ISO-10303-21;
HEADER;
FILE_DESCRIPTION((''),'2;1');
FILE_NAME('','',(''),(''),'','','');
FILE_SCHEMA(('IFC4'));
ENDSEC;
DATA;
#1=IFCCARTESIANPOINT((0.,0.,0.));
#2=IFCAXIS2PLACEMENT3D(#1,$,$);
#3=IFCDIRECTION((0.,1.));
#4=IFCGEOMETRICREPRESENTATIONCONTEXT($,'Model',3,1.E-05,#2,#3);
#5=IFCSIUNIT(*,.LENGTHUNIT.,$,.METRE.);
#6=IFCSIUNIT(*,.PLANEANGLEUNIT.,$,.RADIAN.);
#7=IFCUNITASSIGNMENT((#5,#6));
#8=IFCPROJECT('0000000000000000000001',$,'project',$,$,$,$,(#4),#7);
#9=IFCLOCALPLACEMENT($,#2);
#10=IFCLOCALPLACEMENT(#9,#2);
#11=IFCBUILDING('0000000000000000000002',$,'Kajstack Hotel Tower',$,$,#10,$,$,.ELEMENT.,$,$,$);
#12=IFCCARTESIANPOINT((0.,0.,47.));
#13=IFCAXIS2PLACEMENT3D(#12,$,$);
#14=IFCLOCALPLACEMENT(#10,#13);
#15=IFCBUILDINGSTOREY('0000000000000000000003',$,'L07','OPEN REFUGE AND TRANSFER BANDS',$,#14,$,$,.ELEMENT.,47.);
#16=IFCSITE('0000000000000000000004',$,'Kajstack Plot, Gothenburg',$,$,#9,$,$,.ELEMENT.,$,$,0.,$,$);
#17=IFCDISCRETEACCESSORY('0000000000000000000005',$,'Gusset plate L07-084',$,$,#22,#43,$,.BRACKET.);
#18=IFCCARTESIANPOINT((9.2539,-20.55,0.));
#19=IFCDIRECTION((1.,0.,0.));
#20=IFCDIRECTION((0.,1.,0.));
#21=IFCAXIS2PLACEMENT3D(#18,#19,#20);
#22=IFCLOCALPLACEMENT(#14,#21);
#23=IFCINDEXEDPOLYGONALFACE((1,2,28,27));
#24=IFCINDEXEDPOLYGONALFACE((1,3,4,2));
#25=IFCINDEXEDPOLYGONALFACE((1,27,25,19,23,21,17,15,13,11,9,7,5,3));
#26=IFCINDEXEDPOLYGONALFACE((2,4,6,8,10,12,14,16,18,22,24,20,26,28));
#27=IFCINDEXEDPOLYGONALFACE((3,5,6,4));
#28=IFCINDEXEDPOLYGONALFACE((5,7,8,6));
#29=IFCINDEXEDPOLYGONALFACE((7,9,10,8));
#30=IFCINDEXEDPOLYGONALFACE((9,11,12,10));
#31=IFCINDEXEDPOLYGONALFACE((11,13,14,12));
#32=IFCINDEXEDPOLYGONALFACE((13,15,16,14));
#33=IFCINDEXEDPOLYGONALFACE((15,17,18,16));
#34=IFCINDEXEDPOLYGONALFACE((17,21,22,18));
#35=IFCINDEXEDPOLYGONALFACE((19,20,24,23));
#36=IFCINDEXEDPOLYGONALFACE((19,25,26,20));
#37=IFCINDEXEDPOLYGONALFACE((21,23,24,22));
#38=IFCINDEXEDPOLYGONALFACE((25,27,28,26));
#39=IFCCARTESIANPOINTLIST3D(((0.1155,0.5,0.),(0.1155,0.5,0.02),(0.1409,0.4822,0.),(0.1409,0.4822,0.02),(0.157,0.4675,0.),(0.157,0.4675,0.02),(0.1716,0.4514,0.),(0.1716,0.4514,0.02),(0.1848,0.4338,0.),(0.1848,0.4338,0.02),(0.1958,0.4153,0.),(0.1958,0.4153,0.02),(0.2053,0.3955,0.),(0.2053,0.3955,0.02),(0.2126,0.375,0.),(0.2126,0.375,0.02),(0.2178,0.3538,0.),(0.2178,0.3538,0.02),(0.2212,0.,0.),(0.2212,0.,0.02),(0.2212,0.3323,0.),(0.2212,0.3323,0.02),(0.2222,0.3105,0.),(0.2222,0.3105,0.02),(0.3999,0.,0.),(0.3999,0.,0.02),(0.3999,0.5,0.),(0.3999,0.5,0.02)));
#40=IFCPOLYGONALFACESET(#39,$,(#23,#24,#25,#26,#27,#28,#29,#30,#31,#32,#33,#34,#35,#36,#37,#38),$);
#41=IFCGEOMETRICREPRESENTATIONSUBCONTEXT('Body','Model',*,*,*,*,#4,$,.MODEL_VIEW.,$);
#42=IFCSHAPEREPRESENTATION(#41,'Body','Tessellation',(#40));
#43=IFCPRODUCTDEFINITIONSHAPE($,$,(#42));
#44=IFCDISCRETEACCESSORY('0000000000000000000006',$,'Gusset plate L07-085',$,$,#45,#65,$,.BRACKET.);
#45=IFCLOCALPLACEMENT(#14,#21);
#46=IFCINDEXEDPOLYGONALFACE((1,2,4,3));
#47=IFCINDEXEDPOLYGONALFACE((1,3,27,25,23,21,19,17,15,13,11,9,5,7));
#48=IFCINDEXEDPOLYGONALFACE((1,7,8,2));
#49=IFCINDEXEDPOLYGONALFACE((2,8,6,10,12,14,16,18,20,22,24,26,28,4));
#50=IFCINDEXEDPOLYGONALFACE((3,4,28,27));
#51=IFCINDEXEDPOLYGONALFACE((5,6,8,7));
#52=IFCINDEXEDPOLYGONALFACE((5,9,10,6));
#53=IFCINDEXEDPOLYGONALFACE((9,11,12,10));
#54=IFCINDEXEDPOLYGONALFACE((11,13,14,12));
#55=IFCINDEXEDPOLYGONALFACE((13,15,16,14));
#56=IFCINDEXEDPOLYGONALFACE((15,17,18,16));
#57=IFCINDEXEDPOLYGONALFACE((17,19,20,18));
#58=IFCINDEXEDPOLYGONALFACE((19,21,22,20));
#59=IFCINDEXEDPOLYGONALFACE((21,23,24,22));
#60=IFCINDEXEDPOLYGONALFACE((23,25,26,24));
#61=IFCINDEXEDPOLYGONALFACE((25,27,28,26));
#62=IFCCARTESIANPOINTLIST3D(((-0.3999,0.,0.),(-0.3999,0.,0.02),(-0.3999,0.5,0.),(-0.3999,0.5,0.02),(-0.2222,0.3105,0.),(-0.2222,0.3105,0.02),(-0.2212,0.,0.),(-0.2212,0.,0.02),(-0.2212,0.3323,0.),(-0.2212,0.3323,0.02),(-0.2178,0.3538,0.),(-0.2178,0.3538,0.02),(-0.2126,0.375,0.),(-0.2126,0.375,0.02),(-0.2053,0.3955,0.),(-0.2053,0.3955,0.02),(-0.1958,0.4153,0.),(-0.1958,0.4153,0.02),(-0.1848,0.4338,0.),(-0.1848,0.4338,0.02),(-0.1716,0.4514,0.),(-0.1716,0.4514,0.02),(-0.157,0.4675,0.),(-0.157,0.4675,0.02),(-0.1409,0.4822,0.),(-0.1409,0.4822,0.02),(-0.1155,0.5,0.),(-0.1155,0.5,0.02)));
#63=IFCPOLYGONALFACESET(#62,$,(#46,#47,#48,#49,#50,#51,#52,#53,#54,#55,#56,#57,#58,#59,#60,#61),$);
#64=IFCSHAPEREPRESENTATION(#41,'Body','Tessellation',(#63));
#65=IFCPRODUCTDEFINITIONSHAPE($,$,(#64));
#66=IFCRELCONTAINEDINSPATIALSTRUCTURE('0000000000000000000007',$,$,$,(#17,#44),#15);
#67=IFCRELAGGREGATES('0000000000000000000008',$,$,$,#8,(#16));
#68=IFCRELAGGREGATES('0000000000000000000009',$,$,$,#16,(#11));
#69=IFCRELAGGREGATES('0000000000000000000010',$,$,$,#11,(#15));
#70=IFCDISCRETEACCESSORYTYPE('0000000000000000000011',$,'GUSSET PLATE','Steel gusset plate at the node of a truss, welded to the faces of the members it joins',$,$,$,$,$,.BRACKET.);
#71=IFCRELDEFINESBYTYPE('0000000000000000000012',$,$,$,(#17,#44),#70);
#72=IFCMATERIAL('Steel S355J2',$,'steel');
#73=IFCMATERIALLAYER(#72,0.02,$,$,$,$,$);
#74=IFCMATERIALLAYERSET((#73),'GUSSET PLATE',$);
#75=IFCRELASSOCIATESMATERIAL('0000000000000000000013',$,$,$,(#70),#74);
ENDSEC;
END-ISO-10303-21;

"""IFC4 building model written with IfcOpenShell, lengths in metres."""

from ifc_helpers import new_model, si_unit, direction, frame, origin, place, context, subcontext, project, spatial, polyline, outline, extrude, material, layer, layer_set, type_object, element, save


model = new_model("IFC4")

# Units and contexts
model_context = context("Model", 3, precision=1e-05, world=origin(), true_north=direction((0.0, 1.0)))
body_context = subcontext(model_context, "Body", "Model", "MODEL_VIEW")
ifc_project = project(units=[si_unit("LENGTHUNIT", "METRE"), si_unit("PLANEANGLEUNIT", "RADIAN")], contexts=[model_context])

# Site, building, storey
site_placement = place(None, origin())
site = spatial("IfcSite", under=ifc_project, at=site_placement, Name="Kajstack Plot, Gothenburg", CompositionType="ELEMENT", RefElevation=0.0)
building_placement = place(site_placement, origin())
building = spatial("IfcBuilding", under=site, at=building_placement, Name="Kajstack Hotel Tower", CompositionType="ELEMENT")
storey_placement = place(building_placement, frame((0.0, 0.0, 47.0)))
storey = spatial("IfcBuildingStorey", under=building, at=storey_placement, Name="L07", Description="OPEN REFUGE AND TRANSFER BANDS", CompositionType="ELEMENT", Elevation=47.0)

# Shared definitions
ifc_material_1 = material(Name="Steel S355J2", Category="steel")

# Discrete accessories
ifc_layer_1 = layer(ifc_material_1, 0.02)
ifc_layer_set_1 = layer_set([ifc_layer_1], Name="GUSSET PLATE")
discrete_accessory_type = type_object("IfcDiscreteAccessoryType", Name="GUSSET PLATE", Description="Steel gusset plate at the node of a truss, welded to the faces of the members it joins", PredefinedType="BRACKET", material=ifc_layer_set_1)
discrete_accessory_1_placement = place(storey_placement, frame((9.2539, -20.55, 0.0), z_axis=(1.0, 0.0, 0.0), x_axis=(0.0, 1.0, 0.0)))
element("IfcDiscreteAccessory", 1, at=discrete_accessory_1_placement, inside=storey, type_object=discrete_accessory_type, Name="Gusset plate L07-084", PredefinedType="BRACKET", context=body_context, shape_type="SweptSolid", body=[
    extrude(outline(polyline([(0.3999, 0.5), (0.1155, 0.5), (0.1409, 0.4822), (0.157, 0.4675), (0.1716, 0.4514), (0.1848, 0.4338), (0.1958, 0.4153), (0.2053, 0.3955), (0.2126, 0.375), (0.2178, 0.3538), (0.2212, 0.3323), (0.2222, 0.3105), (0.2212, 0.0), (0.3999, 0.0), (0.3999, 0.5)])), origin(), (0.0, 0.0, 1.0), 0.02),
])
discrete_accessory_2_placement = place(storey_placement, frame((9.2539, -20.55, 0.0), z_axis=(1.0, 0.0, 0.0), x_axis=(0.0, 1.0, 0.0)))
element("IfcDiscreteAccessory", 2, at=discrete_accessory_2_placement, inside=storey, type_object=discrete_accessory_type, Name="Gusset plate L07-085", PredefinedType="BRACKET", context=body_context, shape_type="SweptSolid", body=[
    extrude(outline(polyline([(-0.3999, 0.0), (-0.2212, 0.0), (-0.2222, 0.3105), (-0.2212, 0.3323), (-0.2178, 0.3538), (-0.2126, 0.375), (-0.2053, 0.3955), (-0.1958, 0.4153), (-0.1848, 0.4338), (-0.1716, 0.4514), (-0.157, 0.4675), (-0.1409, 0.4822), (-0.1155, 0.5), (-0.3999, 0.5), (-0.3999, 0.0)])), origin(), (0.0, 0.0, 1.0), 0.02),
])

save(model, "model.ifc")
